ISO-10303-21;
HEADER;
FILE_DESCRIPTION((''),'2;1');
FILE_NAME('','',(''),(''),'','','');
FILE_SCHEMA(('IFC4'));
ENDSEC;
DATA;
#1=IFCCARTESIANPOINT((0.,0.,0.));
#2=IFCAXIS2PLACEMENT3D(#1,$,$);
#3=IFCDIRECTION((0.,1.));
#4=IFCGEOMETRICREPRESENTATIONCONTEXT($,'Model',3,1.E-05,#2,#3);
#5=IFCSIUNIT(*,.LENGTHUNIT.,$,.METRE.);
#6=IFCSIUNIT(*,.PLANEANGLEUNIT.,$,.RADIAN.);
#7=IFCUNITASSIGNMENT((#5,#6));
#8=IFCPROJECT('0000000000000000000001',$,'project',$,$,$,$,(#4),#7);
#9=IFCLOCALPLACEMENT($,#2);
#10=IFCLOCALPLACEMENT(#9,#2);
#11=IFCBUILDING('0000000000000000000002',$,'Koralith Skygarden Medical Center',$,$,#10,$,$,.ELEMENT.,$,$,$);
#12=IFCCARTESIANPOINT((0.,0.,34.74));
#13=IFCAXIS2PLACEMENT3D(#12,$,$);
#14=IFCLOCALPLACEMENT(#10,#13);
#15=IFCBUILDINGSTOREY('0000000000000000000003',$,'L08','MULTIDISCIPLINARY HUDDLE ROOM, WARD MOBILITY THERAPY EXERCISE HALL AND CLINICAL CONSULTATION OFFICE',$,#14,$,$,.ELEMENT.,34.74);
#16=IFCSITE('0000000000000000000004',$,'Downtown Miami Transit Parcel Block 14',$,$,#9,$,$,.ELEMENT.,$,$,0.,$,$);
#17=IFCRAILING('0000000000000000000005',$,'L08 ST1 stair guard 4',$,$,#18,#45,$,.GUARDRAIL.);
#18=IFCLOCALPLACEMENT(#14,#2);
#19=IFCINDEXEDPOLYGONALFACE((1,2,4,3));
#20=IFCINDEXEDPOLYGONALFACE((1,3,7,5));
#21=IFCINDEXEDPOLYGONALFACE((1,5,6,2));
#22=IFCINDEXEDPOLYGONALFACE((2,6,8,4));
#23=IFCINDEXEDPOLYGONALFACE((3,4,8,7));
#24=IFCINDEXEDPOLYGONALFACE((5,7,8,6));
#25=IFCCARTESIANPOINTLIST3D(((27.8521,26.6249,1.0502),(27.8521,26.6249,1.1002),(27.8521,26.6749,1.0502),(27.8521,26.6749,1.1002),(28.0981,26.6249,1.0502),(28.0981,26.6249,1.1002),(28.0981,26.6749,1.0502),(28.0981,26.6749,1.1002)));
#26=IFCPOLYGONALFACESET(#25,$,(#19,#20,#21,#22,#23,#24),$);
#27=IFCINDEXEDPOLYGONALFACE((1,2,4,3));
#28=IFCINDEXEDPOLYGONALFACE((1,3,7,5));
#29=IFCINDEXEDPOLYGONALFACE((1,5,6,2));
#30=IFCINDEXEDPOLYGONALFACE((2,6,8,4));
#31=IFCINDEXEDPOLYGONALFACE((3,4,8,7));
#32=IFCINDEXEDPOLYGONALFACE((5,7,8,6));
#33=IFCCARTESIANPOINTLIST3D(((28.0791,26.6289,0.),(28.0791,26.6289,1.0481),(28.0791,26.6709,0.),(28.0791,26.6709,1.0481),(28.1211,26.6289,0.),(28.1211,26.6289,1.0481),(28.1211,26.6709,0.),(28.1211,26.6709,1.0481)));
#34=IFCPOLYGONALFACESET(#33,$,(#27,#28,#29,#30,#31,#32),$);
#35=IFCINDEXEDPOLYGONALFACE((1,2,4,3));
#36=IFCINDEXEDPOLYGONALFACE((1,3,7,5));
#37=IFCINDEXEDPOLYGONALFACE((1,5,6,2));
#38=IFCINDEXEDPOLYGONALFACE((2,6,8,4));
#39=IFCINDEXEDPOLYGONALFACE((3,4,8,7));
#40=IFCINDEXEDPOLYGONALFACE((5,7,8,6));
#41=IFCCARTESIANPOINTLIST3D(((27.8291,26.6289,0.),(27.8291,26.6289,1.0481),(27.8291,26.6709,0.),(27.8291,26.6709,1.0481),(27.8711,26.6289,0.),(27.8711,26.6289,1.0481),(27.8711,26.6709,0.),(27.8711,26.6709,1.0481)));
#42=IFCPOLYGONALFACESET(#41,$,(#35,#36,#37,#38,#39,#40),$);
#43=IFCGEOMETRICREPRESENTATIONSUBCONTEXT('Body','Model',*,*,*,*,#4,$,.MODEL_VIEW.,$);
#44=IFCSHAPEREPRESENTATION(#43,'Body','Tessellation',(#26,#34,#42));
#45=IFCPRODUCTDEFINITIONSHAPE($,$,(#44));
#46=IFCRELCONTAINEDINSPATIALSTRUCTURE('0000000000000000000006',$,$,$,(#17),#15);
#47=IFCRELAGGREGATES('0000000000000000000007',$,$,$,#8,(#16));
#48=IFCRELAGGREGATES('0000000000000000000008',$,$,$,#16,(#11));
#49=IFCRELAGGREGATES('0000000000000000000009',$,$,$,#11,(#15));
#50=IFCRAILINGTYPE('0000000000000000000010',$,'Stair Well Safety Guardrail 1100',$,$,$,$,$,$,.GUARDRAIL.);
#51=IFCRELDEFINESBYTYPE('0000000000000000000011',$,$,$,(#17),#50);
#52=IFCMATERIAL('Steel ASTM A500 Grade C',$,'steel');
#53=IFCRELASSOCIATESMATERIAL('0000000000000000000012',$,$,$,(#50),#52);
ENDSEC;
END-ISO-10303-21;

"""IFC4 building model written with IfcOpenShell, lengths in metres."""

from ifc_helpers import new_model, si_unit, direction, frame, origin, origin_2d, place, context, subcontext, project, spatial, rectangle, extrude, material, type_object, element, save


model = new_model("IFC4")

# Units and contexts
model_context = context("Model", 3, precision=1e-05, world=origin(), true_north=direction((0.0, 1.0)))
body_context = subcontext(model_context, "Body", "Model", "MODEL_VIEW")
ifc_project = project(units=[si_unit("LENGTHUNIT", "METRE"), si_unit("PLANEANGLEUNIT", "RADIAN")], contexts=[model_context])

# Site, building, storey
site_placement = place(None, origin())
site = spatial("IfcSite", under=ifc_project, at=site_placement, Name="Downtown Miami Transit Parcel Block 14", CompositionType="ELEMENT", RefElevation=0.0)
building_placement = place(site_placement, origin())
building = spatial("IfcBuilding", under=site, at=building_placement, Name="Koralith Skygarden Medical Center", CompositionType="ELEMENT")
storey_placement = place(building_placement, frame((0.0, 0.0, 34.74)))
storey = spatial("IfcBuildingStorey", under=building, at=storey_placement, Name="L08", Description="MULTIDISCIPLINARY HUDDLE ROOM, WARD MOBILITY THERAPY EXERCISE HALL AND CLINICAL CONSULTATION OFFICE", CompositionType="ELEMENT", Elevation=34.74)

# Shared definitions
ifc_material_1 = material(Name="Steel ASTM A500 Grade C", Category="steel")

# Railing
railing_type_1 = type_object("IfcRailingType", Name="Stair Well Safety Guardrail 1100", PredefinedType="GUARDRAIL", material=ifc_material_1)
railing_1_placement = place(storey_placement, frame((28.1001, 26.6499, 0.0)))
element("IfcRailing", 1, at=railing_1_placement, inside=storey, type_object=railing_type_1, Name="L08 ST1 stair guard 4", PredefinedType="GUARDRAIL", context=body_context, shape_type="SweptSolid", body=[
    extrude(rectangle(XDim=0.05, YDim=0.05, at=origin_2d()), frame((-0.002, 0.0, 1.0752), z_axis=(-1.0, 0.0, 0.0), x_axis=(0.0, -1.0, 0.0)), (0.0, 0.0, 1.0), 0.2461),
    extrude(rectangle(XDim=0.042, YDim=0.042, at=origin_2d()), origin(), (0.0, 0.0, 1.0), 1.0481),
    extrude(rectangle(XDim=0.042, YDim=0.042, at=origin_2d()), frame((-0.25, 0.0, 0.0)), (0.0, 0.0, 1.0), 1.0481),
])

save(model, "model.ifc")
